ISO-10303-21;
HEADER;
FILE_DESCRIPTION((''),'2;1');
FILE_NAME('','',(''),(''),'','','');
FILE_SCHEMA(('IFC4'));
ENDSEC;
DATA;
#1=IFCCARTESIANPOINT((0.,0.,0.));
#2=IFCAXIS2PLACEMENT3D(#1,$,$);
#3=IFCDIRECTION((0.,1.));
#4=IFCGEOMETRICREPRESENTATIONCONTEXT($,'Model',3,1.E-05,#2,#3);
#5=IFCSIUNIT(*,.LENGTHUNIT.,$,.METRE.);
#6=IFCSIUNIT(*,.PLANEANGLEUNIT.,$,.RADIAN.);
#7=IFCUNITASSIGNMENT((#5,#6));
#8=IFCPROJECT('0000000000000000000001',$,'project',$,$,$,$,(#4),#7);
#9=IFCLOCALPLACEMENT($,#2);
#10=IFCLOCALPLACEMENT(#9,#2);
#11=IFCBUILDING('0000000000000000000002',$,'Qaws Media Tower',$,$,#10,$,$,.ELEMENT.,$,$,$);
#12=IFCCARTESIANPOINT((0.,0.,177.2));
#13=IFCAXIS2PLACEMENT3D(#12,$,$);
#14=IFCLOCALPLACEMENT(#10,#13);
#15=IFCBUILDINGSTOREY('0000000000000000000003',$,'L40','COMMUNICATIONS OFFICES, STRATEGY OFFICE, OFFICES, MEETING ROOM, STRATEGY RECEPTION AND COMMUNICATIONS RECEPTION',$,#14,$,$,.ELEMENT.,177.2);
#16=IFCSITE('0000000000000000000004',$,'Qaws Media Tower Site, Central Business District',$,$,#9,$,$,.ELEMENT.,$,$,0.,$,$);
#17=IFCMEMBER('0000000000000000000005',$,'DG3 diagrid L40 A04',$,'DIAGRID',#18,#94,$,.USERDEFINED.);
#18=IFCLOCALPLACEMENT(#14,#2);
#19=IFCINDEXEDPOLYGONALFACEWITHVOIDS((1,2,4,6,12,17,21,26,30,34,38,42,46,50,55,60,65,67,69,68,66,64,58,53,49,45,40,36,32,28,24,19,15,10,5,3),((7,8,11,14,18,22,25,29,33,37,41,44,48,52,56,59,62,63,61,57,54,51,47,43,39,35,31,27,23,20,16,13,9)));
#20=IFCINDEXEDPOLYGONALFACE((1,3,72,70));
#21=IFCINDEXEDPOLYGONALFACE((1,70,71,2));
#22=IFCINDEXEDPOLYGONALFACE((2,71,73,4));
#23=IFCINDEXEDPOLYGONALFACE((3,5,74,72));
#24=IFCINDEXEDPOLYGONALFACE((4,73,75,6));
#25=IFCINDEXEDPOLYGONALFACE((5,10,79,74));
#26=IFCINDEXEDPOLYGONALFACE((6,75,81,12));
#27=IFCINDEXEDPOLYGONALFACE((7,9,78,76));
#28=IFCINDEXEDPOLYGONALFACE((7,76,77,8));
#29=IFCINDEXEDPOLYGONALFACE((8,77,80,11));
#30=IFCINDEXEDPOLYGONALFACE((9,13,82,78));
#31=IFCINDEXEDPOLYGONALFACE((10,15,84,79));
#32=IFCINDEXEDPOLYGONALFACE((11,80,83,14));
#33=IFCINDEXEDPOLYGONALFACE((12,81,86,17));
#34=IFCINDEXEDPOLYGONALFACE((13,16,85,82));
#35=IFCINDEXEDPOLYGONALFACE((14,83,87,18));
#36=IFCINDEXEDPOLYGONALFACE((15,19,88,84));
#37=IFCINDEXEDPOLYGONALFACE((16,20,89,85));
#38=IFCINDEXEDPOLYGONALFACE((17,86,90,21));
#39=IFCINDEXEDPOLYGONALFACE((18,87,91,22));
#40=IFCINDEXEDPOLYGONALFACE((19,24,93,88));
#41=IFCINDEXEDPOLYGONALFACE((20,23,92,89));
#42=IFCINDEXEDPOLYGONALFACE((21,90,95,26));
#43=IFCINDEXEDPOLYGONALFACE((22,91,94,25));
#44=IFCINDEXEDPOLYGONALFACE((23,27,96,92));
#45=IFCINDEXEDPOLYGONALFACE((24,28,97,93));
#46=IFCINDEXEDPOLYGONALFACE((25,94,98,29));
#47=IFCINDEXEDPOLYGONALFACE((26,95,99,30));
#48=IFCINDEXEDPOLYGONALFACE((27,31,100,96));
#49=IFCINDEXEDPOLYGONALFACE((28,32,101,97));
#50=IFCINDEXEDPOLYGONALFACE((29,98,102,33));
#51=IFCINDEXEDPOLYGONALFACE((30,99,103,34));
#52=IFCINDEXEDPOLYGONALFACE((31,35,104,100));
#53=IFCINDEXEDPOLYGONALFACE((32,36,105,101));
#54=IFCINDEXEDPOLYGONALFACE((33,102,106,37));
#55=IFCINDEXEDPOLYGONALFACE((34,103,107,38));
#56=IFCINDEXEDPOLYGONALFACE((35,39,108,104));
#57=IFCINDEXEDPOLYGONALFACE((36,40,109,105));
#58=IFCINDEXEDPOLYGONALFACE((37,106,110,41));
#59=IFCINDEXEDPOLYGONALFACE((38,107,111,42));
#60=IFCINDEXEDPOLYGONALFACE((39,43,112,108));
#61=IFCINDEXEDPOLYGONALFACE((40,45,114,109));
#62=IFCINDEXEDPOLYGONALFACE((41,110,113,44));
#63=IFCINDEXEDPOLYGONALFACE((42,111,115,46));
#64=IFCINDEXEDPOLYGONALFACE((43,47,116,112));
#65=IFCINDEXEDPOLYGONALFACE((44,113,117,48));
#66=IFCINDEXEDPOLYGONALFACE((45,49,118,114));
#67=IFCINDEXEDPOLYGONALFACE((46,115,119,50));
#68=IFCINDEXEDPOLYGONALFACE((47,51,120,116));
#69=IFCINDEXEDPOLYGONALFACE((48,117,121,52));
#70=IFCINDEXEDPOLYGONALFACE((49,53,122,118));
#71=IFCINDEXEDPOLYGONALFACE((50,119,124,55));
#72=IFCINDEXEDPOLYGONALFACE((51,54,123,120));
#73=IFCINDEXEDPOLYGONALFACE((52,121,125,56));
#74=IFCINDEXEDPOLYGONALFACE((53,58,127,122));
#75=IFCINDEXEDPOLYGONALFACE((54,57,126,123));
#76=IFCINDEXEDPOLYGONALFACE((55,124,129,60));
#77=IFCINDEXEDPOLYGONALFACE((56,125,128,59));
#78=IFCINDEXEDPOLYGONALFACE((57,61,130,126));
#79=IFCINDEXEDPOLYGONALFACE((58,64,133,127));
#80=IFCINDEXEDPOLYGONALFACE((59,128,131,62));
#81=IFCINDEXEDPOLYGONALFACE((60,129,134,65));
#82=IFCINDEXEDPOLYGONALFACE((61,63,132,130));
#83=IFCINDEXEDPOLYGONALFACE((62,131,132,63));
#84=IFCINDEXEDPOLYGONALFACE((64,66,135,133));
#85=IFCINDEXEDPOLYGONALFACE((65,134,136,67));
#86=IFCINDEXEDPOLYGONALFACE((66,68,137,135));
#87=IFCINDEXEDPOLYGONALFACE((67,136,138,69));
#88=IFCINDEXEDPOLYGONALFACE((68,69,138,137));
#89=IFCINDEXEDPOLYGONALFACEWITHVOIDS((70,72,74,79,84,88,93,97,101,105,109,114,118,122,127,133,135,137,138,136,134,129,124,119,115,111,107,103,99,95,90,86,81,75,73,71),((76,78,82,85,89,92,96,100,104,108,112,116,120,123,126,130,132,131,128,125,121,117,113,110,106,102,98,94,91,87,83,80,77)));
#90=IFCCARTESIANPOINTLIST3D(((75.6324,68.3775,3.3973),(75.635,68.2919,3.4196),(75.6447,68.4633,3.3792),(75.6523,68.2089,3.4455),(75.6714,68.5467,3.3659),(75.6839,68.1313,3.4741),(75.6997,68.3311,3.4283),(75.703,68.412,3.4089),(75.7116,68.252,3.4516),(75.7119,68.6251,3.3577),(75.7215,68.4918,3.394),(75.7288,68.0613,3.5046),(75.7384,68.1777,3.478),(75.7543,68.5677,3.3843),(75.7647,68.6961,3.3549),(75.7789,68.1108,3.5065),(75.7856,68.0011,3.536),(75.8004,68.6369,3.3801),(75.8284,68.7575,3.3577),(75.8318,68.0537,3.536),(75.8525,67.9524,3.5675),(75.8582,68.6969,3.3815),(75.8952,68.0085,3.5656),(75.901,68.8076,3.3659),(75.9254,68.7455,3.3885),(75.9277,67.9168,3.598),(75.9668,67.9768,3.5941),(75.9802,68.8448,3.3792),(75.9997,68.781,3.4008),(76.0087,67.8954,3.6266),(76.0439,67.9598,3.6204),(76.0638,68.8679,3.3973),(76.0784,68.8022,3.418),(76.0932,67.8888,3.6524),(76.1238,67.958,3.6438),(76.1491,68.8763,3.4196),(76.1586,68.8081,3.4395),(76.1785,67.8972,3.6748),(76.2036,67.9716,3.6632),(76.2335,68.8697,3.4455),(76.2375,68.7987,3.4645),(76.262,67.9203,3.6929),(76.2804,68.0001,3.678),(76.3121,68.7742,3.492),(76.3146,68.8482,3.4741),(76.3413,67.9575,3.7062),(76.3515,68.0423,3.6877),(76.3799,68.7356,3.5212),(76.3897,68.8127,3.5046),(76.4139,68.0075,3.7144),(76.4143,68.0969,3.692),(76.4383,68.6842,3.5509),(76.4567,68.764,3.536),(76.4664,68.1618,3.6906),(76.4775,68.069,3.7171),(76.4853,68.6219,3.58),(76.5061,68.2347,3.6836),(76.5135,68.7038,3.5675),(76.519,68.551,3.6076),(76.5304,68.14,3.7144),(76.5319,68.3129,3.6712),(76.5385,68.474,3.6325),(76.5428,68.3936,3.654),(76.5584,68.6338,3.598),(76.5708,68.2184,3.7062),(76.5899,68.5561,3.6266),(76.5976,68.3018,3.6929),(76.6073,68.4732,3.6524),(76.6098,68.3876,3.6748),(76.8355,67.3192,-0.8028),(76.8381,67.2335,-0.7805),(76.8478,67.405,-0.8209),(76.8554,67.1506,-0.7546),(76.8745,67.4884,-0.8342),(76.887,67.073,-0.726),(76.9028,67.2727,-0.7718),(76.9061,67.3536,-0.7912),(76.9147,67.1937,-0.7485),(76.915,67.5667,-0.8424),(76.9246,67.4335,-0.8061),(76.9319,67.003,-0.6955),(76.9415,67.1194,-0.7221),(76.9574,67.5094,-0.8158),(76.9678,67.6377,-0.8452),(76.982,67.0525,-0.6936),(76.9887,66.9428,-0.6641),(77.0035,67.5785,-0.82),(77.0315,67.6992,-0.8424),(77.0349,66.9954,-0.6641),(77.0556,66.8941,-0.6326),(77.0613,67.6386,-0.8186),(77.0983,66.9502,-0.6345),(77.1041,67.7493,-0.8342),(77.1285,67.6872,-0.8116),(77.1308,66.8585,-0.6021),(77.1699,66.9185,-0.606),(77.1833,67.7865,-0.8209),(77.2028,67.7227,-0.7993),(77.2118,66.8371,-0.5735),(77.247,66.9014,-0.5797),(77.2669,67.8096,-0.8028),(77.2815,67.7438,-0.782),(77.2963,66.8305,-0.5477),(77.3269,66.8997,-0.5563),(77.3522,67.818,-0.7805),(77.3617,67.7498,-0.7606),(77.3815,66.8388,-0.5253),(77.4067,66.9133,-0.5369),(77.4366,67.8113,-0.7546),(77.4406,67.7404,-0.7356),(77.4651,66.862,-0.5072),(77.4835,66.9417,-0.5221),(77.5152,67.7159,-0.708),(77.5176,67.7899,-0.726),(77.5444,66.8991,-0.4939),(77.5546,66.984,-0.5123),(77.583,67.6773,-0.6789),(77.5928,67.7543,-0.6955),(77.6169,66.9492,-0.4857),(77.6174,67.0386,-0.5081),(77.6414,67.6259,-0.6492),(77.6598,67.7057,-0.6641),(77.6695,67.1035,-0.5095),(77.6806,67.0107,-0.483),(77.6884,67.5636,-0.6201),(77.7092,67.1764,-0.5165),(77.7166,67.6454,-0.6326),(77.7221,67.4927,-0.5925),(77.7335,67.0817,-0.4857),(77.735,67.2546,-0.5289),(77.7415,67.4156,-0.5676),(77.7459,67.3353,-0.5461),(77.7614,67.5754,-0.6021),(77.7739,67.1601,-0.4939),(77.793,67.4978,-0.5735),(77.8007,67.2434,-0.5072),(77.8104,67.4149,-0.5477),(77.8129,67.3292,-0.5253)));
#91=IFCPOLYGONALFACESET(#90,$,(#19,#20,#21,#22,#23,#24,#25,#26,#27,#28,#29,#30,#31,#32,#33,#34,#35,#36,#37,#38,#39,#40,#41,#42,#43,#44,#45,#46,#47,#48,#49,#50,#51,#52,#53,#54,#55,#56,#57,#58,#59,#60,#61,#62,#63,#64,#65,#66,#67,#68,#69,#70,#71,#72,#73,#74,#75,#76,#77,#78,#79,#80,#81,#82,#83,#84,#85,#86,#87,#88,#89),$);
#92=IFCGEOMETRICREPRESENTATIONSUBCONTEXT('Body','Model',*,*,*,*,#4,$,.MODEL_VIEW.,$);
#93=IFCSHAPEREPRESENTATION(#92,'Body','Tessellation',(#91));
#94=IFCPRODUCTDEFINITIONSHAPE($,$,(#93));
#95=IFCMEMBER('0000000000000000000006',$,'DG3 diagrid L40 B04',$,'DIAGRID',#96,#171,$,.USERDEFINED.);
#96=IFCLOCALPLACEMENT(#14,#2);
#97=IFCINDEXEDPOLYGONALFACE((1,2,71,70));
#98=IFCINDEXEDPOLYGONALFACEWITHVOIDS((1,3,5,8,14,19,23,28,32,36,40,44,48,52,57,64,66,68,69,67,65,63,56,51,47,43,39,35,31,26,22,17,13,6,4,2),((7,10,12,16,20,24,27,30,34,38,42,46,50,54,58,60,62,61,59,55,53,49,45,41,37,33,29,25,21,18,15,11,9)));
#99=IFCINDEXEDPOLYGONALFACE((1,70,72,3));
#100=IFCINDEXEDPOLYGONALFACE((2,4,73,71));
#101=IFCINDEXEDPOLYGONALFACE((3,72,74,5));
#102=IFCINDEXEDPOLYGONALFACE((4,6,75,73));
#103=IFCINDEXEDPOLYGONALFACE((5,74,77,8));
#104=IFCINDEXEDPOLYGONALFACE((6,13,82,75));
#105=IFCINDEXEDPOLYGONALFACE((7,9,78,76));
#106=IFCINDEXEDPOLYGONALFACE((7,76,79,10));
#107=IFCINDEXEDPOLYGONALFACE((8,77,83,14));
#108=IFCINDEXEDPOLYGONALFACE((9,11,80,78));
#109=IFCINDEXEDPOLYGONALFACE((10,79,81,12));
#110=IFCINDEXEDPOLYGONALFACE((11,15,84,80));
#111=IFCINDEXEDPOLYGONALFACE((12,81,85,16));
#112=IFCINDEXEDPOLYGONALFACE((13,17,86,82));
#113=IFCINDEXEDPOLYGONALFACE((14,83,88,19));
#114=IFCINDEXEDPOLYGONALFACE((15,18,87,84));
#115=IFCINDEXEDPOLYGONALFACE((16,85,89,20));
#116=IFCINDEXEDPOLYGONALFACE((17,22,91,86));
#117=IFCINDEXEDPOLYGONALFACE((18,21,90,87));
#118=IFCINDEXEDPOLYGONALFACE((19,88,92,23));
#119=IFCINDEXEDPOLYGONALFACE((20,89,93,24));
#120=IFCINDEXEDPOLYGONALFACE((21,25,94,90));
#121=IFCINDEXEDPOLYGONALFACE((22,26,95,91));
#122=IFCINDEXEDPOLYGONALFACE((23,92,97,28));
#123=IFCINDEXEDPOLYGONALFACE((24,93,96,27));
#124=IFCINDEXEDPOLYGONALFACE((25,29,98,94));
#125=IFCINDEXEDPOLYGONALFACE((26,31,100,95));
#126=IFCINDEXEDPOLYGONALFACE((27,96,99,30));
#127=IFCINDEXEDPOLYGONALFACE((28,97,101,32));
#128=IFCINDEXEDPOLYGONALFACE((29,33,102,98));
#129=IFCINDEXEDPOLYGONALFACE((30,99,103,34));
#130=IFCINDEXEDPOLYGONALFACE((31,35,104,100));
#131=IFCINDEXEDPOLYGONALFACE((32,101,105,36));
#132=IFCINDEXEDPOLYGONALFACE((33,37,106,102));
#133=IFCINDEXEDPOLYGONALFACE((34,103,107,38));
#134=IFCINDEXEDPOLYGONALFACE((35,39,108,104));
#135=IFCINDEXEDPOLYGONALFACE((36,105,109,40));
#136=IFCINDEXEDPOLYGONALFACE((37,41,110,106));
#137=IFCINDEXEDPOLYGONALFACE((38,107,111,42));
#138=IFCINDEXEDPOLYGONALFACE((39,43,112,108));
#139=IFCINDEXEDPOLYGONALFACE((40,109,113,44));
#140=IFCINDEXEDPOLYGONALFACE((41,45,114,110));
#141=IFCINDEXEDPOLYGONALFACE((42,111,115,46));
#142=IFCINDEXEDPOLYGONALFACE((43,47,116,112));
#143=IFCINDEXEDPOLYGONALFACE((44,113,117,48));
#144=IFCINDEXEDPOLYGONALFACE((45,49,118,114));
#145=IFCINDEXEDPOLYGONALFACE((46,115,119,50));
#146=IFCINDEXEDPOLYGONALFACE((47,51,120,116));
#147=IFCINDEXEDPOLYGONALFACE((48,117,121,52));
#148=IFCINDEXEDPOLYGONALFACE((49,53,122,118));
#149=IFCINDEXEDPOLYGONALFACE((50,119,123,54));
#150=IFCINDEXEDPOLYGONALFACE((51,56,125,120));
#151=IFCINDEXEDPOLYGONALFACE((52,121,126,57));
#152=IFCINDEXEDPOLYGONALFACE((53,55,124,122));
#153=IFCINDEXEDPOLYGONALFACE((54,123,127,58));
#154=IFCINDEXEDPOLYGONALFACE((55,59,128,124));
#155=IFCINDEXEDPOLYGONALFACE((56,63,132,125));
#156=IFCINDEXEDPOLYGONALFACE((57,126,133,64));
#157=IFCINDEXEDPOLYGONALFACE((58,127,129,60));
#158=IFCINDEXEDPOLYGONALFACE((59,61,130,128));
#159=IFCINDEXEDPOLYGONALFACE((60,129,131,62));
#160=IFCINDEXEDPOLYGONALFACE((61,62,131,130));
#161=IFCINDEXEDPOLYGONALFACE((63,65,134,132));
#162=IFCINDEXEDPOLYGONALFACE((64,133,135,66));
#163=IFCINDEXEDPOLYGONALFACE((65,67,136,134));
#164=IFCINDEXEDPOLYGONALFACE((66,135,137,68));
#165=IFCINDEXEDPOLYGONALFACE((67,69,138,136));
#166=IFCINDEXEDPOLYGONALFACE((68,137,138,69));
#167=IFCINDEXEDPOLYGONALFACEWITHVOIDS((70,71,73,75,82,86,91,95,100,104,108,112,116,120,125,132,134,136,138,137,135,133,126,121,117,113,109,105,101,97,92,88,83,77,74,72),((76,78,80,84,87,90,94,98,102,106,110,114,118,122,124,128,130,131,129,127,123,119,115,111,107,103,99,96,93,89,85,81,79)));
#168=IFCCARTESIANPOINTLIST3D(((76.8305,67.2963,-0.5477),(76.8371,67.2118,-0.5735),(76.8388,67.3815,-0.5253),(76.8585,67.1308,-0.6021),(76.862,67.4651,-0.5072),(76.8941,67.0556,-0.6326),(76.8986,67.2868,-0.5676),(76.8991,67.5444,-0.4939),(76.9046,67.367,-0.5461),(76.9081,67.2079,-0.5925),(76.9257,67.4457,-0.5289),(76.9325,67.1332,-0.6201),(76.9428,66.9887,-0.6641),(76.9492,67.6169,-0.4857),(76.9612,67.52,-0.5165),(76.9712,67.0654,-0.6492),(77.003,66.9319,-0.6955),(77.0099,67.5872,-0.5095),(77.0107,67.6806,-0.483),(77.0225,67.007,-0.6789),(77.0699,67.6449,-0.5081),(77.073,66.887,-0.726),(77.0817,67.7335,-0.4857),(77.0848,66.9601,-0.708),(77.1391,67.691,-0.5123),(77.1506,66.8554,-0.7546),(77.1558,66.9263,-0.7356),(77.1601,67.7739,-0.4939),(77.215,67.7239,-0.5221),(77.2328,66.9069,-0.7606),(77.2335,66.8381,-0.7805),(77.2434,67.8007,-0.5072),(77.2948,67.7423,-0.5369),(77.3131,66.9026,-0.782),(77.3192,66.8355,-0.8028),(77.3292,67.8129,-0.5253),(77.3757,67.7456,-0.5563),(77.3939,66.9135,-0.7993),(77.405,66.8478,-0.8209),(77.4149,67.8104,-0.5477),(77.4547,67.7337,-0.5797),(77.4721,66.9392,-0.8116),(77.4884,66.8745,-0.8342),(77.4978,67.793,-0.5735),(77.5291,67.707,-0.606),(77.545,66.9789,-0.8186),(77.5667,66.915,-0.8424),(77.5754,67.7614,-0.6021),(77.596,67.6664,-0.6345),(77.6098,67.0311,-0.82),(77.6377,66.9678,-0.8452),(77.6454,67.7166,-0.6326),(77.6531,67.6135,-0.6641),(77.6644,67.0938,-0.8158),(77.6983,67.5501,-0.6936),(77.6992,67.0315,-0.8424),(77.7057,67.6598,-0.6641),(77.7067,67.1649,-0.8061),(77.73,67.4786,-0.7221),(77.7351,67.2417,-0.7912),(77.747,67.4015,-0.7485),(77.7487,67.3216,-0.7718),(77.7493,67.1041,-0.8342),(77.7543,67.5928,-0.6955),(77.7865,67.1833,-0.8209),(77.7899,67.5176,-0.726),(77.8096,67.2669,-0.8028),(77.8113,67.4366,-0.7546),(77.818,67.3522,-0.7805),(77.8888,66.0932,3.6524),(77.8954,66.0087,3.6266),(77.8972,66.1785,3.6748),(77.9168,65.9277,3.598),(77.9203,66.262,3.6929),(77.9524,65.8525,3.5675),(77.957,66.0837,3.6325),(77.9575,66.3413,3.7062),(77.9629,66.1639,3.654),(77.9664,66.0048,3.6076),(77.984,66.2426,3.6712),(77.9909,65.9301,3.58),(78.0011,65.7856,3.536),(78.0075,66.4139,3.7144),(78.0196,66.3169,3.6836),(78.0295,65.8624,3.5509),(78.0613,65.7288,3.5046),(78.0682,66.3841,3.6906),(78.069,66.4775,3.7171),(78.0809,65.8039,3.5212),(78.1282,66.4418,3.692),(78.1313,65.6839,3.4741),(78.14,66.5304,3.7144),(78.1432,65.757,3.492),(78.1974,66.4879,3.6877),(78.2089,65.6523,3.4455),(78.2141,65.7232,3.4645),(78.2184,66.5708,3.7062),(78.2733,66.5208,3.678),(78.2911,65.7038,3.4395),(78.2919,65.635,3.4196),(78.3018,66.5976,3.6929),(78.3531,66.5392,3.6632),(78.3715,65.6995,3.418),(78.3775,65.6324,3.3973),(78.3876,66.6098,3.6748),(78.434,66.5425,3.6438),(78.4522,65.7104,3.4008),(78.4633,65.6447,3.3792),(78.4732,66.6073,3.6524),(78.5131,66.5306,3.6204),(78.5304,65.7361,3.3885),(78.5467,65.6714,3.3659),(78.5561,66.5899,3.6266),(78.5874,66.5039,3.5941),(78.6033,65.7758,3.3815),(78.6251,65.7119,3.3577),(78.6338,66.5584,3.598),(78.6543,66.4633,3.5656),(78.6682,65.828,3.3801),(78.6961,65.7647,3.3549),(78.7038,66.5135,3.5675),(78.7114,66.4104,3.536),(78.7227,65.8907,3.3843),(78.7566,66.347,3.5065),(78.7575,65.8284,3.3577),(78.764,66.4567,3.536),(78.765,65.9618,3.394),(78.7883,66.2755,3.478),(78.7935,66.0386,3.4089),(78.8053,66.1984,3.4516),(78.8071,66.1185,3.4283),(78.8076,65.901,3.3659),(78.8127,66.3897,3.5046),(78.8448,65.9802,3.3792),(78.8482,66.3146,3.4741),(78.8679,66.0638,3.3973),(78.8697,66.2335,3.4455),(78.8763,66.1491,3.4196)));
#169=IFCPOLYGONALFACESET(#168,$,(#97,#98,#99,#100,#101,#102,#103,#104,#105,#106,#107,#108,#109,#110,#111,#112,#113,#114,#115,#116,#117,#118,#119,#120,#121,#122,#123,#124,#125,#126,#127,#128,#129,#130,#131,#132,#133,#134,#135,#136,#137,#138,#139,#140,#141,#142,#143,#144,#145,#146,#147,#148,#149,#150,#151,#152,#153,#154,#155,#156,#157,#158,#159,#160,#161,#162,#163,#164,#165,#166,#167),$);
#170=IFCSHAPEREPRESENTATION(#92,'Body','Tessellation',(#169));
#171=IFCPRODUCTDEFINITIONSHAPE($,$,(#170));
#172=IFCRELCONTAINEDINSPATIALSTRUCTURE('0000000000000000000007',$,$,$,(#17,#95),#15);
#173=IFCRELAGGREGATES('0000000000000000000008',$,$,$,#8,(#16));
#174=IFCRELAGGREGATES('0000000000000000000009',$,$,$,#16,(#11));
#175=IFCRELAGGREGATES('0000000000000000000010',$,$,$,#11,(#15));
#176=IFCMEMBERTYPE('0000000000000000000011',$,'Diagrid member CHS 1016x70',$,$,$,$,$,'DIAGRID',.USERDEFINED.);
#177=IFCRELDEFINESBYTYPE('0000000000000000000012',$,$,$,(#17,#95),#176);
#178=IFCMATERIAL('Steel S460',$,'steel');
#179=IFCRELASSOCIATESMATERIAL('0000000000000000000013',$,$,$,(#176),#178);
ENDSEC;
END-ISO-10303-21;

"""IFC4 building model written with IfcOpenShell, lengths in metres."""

from ifc_helpers import new_model, si_unit, direction, frame, origin, origin_2d, place, context, subcontext, project, spatial, hollow_circle, extrude, material, material_profile, profile_set, type_object, element, save


model = new_model("IFC4")

# Units and contexts
model_context = context("Model", 3, precision=1e-05, world=origin(), true_north=direction((0.0, 1.0)))
body_context = subcontext(model_context, "Body", "Model", "MODEL_VIEW")
ifc_project = project(units=[si_unit("LENGTHUNIT", "METRE"), si_unit("PLANEANGLEUNIT", "RADIAN")], contexts=[model_context])

# Site, building, storey
site_placement = place(None, origin())
site = spatial("IfcSite", under=ifc_project, at=site_placement, Name="Qaws Media Tower Site, Central Business District", CompositionType="ELEMENT", RefElevation=0.0)
building_placement = place(site_placement, origin())
building = spatial("IfcBuilding", under=site, at=building_placement, Name="Qaws Media Tower", CompositionType="ELEMENT")
storey_placement = place(building_placement, frame((0.0, 0.0, 177.2)))
storey = spatial("IfcBuildingStorey", under=building, at=storey_placement, Name="L40", Description="COMMUNICATIONS OFFICES, STRATEGY OFFICE, OFFICES, MEETING ROOM, STRATEGY RECEPTION AND COMMUNICATIONS RECEPTION", CompositionType="ELEMENT", Elevation=177.2)

# Members
ifc_material_1 = material(Name="Steel S460", Category="steel")
ifc_material_profile_1 = material_profile(ifc_material_1, hollow_circle(Radius=0.5081, WallThickness=0.0701, at=origin_2d()), Name="CHS 1016x70")
ifc_profile_set_1 = profile_set([ifc_material_profile_1], Name="Steel S460")
member_type_1 = type_object("IfcMemberType", Name="Diagrid member CHS 1016x70", ElementType="DIAGRID", PredefinedType="USERDEFINED", material=ifc_profile_set_1)
for number, where, z_axis, x_axis, name in (
    (1, (77.3242, 67.3242, -0.6641), (-0.267631, 0.235426, 0.934317), (-0.660487, -0.750837, 0.0), "DG3 diagrid L40 A04"),
    (2, (77.3242, 67.3242, -0.6641), (0.235426, -0.267631, 0.934317), (0.750837, 0.660487, 0.0), "DG3 diagrid L40 B04"),
):
    element("IfcMember", number, at=place(storey_placement, frame(where, z_axis=z_axis, x_axis=x_axis)), inside=storey, type_object=member_type_1, Name=name, ObjectType="DIAGRID", PredefinedType="USERDEFINED", context=body_context, shape_type="SweptSolid", body=[
        extrude(hollow_circle(Radius=0.5081, WallThickness=0.0701, at=origin_2d()), origin(), (0.0, 0.0, 1.0), 4.4954),
    ])

save(model, "model.ifc")
